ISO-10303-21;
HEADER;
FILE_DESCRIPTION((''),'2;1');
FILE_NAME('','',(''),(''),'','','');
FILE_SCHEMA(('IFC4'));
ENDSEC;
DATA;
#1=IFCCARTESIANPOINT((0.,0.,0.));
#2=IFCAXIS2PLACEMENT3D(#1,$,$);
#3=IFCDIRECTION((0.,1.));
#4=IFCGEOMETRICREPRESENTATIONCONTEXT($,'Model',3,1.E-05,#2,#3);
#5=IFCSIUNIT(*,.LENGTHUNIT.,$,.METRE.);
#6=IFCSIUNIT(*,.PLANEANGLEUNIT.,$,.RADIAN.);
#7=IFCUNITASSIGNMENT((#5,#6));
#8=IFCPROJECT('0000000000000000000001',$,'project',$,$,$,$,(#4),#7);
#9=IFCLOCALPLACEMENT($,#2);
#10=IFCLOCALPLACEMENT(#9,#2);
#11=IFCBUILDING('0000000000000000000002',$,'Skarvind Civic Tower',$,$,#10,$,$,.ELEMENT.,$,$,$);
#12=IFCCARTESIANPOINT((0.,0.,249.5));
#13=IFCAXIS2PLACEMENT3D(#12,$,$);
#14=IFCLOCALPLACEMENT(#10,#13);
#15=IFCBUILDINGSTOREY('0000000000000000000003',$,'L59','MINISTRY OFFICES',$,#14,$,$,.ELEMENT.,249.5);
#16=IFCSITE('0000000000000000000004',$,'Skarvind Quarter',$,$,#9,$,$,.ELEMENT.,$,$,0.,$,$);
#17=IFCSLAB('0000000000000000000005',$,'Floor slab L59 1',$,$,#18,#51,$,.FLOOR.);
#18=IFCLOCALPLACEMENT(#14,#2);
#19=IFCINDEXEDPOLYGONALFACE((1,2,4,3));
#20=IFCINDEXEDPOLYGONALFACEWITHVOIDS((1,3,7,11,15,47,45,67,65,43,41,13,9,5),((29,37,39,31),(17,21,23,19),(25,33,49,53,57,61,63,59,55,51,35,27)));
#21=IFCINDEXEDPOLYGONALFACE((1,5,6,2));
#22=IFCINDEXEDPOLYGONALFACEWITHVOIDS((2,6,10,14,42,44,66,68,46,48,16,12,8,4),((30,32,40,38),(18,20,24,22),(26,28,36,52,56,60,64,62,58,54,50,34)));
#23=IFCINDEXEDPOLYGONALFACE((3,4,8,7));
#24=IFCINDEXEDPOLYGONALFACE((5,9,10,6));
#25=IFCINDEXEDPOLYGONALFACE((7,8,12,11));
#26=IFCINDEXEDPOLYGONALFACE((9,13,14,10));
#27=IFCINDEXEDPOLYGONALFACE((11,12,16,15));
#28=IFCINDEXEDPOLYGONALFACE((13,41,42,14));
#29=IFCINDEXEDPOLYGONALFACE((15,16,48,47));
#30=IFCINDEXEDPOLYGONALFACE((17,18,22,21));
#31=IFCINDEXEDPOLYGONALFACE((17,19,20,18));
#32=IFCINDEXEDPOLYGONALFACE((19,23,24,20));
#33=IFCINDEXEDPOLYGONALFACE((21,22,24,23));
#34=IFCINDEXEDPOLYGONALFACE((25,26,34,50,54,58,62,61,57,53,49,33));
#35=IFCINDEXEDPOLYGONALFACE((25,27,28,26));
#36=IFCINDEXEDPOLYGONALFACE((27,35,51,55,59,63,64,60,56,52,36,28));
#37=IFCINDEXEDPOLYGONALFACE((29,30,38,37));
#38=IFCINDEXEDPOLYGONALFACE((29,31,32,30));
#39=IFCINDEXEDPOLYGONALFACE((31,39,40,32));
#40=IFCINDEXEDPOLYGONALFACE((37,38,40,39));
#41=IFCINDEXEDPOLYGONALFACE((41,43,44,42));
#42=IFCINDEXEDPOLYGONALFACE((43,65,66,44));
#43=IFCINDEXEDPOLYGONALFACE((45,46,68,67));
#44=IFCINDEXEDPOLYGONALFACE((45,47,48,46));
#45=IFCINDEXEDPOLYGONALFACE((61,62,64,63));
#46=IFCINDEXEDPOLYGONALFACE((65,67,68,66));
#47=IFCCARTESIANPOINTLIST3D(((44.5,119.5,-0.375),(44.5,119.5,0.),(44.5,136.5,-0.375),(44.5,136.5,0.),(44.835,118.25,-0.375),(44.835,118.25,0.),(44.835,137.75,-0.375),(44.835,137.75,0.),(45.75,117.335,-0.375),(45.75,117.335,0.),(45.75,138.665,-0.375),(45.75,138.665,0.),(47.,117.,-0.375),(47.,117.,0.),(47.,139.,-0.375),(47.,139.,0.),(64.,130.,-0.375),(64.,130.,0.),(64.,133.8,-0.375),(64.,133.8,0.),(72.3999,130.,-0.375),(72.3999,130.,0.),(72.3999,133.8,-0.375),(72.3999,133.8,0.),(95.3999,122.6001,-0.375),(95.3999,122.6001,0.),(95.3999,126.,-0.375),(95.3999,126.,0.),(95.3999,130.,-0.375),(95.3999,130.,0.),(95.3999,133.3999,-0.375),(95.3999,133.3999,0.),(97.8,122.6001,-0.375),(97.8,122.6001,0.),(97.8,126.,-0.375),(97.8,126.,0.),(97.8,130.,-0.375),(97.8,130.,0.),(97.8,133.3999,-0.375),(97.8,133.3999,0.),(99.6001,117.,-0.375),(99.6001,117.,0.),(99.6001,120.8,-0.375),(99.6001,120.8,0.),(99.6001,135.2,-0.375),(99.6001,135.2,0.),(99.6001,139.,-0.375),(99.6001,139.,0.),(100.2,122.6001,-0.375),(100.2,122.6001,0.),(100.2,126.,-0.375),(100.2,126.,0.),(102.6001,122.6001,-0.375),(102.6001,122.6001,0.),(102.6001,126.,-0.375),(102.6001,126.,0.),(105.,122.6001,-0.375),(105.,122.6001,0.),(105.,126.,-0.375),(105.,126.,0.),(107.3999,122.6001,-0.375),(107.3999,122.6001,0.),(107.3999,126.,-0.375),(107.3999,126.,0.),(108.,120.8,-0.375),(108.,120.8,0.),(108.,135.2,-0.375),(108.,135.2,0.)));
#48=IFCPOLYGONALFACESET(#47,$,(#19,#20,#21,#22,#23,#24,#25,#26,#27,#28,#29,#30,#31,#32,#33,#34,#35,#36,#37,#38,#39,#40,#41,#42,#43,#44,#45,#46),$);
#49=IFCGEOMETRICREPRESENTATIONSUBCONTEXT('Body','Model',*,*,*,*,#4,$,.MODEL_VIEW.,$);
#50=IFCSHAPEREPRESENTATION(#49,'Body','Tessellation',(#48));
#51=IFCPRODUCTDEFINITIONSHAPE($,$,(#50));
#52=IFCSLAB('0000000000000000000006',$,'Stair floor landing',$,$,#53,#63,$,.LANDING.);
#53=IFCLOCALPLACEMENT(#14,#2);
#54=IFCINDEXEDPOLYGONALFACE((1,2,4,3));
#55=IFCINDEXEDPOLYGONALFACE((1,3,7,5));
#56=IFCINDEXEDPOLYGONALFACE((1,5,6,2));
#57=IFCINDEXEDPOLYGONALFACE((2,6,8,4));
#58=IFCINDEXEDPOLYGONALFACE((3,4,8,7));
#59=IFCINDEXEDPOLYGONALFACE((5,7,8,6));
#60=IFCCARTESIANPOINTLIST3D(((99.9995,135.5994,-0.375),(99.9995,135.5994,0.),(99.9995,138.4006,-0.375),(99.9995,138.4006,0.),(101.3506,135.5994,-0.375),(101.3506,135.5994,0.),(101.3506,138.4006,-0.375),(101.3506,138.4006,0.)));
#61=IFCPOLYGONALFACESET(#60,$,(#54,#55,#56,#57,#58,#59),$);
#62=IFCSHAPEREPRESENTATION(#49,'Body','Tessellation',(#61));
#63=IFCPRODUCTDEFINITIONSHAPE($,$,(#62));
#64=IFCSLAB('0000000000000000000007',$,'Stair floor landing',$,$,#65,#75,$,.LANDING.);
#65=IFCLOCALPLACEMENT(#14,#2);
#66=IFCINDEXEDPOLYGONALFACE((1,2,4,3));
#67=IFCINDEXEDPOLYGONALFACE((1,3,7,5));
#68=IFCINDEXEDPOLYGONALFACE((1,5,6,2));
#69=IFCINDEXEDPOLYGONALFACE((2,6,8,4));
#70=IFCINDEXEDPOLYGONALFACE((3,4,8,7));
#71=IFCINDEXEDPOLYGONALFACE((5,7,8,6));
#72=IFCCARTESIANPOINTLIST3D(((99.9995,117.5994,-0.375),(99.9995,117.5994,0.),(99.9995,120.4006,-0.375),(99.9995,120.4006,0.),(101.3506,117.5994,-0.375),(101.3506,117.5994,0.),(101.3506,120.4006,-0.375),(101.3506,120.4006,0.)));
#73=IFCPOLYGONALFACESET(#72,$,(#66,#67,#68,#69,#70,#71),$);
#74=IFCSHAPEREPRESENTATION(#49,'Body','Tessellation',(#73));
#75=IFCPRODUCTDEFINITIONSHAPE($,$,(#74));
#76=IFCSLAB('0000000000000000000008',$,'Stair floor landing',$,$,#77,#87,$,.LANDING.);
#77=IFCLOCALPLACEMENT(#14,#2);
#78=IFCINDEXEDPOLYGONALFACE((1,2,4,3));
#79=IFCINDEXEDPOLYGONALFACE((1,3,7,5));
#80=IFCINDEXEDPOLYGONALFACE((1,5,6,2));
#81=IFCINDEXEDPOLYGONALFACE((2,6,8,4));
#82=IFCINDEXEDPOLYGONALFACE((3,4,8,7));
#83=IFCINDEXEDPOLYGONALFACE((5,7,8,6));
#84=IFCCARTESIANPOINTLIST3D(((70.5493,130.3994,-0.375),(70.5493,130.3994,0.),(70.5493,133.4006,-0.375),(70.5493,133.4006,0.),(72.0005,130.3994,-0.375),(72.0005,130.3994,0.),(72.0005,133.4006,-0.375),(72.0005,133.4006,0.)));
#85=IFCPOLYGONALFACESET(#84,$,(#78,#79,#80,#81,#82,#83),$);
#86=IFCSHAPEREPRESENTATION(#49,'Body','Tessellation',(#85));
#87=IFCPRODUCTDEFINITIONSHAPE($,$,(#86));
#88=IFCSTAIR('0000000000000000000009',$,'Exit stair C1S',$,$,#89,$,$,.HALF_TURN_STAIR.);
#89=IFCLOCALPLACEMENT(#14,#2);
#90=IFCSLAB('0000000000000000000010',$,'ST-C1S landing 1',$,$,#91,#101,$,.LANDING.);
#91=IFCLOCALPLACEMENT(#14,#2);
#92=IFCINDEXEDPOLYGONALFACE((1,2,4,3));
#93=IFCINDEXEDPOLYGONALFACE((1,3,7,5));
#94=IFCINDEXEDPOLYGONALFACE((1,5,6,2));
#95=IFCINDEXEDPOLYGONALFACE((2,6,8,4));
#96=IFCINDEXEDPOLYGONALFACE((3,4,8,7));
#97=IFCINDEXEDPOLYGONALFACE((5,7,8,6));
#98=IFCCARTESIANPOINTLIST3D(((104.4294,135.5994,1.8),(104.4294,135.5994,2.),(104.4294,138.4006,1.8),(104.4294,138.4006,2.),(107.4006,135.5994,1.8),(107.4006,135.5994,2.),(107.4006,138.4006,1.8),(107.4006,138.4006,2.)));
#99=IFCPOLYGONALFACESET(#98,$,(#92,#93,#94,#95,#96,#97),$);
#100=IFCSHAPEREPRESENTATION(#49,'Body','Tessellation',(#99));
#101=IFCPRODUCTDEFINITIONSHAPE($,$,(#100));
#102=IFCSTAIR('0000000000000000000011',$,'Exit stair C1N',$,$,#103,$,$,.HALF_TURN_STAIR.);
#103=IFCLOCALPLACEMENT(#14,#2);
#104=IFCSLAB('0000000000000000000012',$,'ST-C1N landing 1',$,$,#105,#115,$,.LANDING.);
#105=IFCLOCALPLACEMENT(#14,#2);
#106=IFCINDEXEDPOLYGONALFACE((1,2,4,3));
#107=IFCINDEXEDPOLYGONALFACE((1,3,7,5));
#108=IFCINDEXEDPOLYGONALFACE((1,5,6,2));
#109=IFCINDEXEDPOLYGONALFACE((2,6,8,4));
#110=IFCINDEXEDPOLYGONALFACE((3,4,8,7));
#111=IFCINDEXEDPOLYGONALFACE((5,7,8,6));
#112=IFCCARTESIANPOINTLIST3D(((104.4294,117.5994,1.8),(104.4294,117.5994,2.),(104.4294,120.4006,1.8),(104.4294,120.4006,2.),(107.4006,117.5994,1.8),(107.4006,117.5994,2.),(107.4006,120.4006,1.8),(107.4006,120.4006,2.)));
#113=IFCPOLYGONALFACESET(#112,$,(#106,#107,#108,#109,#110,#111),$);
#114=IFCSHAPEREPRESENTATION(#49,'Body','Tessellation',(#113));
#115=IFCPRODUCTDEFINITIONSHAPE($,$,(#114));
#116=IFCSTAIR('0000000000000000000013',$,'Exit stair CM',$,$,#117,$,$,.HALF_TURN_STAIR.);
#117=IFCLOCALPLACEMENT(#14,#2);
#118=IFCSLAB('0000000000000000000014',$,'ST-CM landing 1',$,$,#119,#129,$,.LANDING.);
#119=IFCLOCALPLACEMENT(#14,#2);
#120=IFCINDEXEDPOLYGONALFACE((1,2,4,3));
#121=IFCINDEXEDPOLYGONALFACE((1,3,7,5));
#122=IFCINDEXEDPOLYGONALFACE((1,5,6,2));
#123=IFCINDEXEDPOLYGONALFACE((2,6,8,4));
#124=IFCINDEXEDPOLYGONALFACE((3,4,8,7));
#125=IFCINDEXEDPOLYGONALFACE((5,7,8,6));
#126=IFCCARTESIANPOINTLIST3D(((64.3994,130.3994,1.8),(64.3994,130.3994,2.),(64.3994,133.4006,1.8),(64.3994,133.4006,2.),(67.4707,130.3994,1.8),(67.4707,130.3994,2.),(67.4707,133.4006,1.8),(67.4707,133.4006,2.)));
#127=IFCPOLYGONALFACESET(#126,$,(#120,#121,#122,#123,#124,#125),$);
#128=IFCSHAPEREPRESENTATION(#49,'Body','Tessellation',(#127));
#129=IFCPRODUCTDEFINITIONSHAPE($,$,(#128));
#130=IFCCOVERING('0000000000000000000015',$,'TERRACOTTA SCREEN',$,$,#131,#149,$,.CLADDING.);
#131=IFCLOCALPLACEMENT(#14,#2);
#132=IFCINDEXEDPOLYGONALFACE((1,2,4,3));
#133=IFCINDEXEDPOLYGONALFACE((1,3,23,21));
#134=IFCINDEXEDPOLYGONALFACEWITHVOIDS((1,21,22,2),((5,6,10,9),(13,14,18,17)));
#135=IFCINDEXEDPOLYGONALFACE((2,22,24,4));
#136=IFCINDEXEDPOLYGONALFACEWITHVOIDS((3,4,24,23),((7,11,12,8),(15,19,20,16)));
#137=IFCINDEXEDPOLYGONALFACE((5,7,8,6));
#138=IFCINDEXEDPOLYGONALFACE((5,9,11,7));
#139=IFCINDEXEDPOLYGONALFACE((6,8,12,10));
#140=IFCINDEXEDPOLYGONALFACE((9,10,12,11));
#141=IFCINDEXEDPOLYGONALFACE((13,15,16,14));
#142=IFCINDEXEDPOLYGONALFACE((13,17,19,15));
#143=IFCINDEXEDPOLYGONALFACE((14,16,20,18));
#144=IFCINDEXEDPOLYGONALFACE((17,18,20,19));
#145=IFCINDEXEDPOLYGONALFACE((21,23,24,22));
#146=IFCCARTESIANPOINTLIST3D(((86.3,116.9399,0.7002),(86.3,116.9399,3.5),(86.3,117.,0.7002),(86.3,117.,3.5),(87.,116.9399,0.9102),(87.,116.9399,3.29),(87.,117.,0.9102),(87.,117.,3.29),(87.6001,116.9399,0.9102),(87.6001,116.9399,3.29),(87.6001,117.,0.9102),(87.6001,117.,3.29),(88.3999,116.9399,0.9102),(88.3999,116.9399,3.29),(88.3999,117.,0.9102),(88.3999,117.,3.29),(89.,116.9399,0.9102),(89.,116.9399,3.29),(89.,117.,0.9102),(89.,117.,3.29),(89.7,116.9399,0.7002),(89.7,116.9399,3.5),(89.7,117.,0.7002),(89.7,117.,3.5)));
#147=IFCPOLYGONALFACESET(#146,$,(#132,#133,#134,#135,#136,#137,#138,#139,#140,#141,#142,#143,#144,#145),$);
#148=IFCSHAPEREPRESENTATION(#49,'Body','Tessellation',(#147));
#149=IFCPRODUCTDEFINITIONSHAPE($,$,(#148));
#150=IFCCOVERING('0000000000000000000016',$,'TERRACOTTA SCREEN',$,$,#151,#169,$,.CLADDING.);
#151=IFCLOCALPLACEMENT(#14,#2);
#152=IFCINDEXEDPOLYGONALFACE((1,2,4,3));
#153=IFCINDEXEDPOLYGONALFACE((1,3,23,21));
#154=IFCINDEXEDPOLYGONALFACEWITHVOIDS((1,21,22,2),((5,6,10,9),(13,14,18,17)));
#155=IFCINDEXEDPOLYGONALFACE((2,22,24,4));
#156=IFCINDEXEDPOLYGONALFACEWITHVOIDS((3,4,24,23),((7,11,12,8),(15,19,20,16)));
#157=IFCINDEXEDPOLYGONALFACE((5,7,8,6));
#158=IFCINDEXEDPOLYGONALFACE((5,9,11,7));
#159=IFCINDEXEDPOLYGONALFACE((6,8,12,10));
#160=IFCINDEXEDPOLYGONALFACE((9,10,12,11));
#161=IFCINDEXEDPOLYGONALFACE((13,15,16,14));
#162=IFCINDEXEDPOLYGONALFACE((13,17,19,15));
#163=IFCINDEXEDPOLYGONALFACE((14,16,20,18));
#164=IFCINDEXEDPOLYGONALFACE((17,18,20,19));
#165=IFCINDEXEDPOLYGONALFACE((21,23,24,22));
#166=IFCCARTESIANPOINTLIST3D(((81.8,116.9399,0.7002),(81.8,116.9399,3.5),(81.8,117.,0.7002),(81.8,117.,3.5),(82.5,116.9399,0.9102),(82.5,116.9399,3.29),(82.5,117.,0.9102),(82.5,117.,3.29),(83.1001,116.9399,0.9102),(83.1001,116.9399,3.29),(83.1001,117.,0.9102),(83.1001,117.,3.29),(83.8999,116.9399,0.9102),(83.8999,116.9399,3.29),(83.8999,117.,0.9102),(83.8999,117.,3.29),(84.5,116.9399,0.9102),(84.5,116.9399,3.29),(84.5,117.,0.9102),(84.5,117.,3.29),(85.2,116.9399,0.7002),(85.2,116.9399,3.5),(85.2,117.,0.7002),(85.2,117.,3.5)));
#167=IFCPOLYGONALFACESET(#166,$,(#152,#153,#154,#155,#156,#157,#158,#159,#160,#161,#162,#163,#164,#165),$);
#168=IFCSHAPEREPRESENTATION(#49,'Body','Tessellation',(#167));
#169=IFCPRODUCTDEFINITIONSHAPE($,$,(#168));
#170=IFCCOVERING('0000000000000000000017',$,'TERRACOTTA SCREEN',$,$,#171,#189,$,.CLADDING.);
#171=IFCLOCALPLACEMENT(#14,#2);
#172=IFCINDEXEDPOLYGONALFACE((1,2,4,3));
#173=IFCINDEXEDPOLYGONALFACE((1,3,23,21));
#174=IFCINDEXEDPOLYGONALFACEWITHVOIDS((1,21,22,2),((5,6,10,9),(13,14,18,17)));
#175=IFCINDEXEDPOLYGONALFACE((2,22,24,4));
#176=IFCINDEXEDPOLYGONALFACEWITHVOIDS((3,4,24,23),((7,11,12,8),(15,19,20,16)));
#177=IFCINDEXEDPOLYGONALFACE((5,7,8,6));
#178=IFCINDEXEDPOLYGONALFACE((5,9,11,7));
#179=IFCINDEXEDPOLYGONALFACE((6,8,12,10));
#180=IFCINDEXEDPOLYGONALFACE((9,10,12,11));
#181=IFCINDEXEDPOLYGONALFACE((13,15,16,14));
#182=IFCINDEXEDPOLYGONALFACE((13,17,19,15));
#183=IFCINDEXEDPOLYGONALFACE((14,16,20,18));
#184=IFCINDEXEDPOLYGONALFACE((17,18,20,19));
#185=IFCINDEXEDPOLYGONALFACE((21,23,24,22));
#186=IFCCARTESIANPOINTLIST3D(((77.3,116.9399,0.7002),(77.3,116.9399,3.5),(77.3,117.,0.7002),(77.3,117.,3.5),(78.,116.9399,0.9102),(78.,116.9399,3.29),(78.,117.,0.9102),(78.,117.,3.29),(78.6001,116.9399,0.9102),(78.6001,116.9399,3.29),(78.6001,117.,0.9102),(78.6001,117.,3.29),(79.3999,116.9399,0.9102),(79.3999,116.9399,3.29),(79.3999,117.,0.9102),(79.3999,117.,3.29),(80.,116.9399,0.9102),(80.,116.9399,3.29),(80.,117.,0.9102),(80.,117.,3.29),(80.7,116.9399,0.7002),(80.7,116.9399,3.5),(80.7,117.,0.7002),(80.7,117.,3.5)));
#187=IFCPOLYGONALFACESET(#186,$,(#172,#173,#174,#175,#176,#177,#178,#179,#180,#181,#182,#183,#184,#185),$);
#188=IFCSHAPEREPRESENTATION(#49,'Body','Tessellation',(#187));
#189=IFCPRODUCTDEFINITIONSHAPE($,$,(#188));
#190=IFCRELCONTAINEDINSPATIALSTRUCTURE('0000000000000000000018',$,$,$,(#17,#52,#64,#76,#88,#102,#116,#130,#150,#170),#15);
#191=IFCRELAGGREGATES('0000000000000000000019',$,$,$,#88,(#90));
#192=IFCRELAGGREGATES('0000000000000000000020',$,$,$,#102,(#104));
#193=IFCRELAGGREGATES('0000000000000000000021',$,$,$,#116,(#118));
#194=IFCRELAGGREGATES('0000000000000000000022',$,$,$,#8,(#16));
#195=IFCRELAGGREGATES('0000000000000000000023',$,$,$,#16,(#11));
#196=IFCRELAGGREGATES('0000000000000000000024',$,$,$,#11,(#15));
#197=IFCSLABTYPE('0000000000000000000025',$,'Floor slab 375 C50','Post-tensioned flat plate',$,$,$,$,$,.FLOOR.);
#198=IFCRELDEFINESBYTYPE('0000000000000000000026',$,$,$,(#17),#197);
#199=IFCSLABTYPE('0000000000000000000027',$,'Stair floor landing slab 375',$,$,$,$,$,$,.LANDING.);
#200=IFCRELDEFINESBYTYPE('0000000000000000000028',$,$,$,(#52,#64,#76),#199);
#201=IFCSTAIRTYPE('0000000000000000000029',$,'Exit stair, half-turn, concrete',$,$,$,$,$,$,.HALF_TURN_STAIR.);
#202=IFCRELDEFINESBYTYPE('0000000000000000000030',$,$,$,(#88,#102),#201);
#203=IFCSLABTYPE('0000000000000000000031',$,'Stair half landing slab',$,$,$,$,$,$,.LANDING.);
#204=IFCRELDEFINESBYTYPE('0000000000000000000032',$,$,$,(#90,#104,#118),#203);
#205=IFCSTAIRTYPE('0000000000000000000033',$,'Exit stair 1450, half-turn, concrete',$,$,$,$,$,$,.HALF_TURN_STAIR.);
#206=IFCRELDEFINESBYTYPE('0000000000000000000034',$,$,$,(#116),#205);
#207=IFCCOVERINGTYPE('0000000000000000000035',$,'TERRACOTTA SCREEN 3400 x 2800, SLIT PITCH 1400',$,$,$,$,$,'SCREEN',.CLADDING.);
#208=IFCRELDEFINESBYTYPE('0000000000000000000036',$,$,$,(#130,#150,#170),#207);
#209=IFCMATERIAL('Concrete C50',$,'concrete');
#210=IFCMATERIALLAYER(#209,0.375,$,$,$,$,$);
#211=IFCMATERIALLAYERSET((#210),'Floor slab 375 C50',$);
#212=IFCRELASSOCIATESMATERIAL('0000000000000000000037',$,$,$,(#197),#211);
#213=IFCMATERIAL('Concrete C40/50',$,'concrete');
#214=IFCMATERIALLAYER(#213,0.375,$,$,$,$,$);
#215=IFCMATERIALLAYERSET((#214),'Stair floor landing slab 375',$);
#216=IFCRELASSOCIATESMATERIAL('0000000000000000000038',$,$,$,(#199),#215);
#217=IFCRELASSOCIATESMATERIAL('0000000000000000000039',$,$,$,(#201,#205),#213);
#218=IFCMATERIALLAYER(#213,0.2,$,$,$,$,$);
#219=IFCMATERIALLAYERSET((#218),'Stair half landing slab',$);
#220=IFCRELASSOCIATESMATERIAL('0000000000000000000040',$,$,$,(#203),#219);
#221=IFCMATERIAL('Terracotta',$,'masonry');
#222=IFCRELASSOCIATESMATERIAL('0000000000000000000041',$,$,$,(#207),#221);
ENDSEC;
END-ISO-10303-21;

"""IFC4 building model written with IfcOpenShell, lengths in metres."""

from ifc_helpers import new_model, si_unit, direction, frame, origin, place, context, subcontext, project, spatial, polyline, outline, extrude, material, layer, layer_set, material_profile, profile_set, type_object, element, aggregate, save


model = new_model("IFC4")

# Units and contexts
model_context = context("Model", 3, precision=1e-05, world=origin(), true_north=direction((0.0, 1.0)))
body_context = subcontext(model_context, "Body", "Model", "MODEL_VIEW")
ifc_project = project(units=[si_unit("LENGTHUNIT", "METRE"), si_unit("PLANEANGLEUNIT", "RADIAN")], contexts=[model_context])

# Site, building, storey
site_placement = place(None, origin())
site = spatial("IfcSite", under=ifc_project, at=site_placement, Name="Skarvind Quarter", CompositionType="ELEMENT", RefElevation=0.0)
building_placement = place(site_placement, origin())
building = spatial("IfcBuilding", under=site, at=building_placement, Name="Skarvind Civic Tower", CompositionType="ELEMENT")
storey_placement = place(building_placement, frame((0.0, 0.0, 249.5)))
storey = spatial("IfcBuildingStorey", under=building, at=storey_placement, Name="L59", Description="MINISTRY OFFICES", CompositionType="ELEMENT", Elevation=249.5)

# Slabs
ifc_material_1 = material(Name="Concrete C50", Category="concrete")
ifc_layer_1 = layer(ifc_material_1, 0.375)
ifc_layer_set_1 = layer_set([ifc_layer_1], Name="Floor slab 375 C50")
slab_type_1 = type_object("IfcSlabType", Name="Floor slab 375 C50", Description="Post-tensioned flat plate", PredefinedType="FLOOR", material=ifc_layer_set_1)
slab_1_placement = place(storey_placement, frame((0.0, 0.0, -0.375)))
element("IfcSlab", 1, at=slab_1_placement, inside=storey, type_object=slab_type_1, Name="Floor slab L59 1", PredefinedType="FLOOR", context=body_context, shape_type="SweptSolid", body=[
    extrude(outline(polyline([(99.6001, 117.0), (99.6001, 120.8), (108.0, 120.8), (108.0, 135.2), (99.6001, 135.2), (99.6001, 139.0), (47.0, 139.0), (45.75, 138.665), (44.835, 137.75), (44.5, 136.5), (44.5, 119.5), (44.835, 118.25), (45.75, 117.335), (47.0, 117.0), (99.6001, 117.0)]), holes=[polyline([(95.3999, 126.0), (97.8, 126.0), (100.2, 126.0), (102.6001, 126.0), (105.0, 126.0), (107.3999, 126.0), (107.3999, 122.6001), (105.0, 122.6001), (102.6001, 122.6001), (100.2, 122.6001), (97.8, 122.6001), (95.3999, 122.6001), (95.3999, 126.0)]), polyline([(95.3999, 133.3999), (97.8, 133.3999), (97.8, 130.0), (95.3999, 130.0), (95.3999, 133.3999)]), polyline([(64.0, 130.0), (64.0, 133.8), (72.3999, 133.8), (72.3999, 130.0), (64.0, 130.0)])]), origin(), (0.0, 0.0, 1.0), 0.375),
])
ifc_material_2 = material(Name="Concrete C40/50", Category="concrete")
ifc_layer_2 = layer(ifc_material_2, 0.375)
ifc_layer_set_2 = layer_set([ifc_layer_2], Name="Stair floor landing slab 375")
slab_type_2 = type_object("IfcSlabType", Name="Stair floor landing slab 375", PredefinedType="LANDING", material=ifc_layer_set_2)
slab_2_placement = place(storey_placement, frame((0.0, 0.0, -0.375)))
element("IfcSlab", 2, at=slab_2_placement, inside=storey, type_object=slab_type_2, Name="Stair floor landing", PredefinedType="LANDING", context=body_context, shape_type="SweptSolid", body=[
    extrude(outline(polyline([(101.3506, 138.4006), (101.3506, 135.5994), (99.9995, 135.5994), (99.9995, 138.4006), (101.3506, 138.4006)])), origin(), (0.0, 0.0, 1.0), 0.375),
])
slab_3_placement = place(storey_placement, frame((0.0, 0.0, -0.375)))
element("IfcSlab", 3, at=slab_3_placement, inside=storey, type_object=slab_type_2, Name="Stair floor landing", PredefinedType="LANDING", context=body_context, shape_type="SweptSolid", body=[
    extrude(outline(polyline([(101.3506, 120.4006), (101.3506, 117.5994), (99.9995, 117.5994), (99.9995, 120.4006), (101.3506, 120.4006)])), origin(), (0.0, 0.0, 1.0), 0.375),
])
slab_4_placement = place(storey_placement, frame((0.0, 0.0, -0.375)))
element("IfcSlab", 4, at=slab_4_placement, inside=storey, type_object=slab_type_2, Name="Stair floor landing", PredefinedType="LANDING", context=body_context, shape_type="SweptSolid", body=[
    extrude(outline(polyline([(70.5493, 130.3994), (70.5493, 133.4006), (72.0005, 133.4006), (72.0005, 130.3994), (70.5493, 130.3994)])), origin(), (0.0, 0.0, 1.0), 0.375),
])

# Stairs, slabs
stair_type_1 = type_object("IfcStairType", Name="Exit stair, half-turn, concrete", PredefinedType="HALF_TURN_STAIR", material=ifc_material_2)
stair_1_placement = place(storey_placement, origin())
stair_1 = element("IfcStair", 5, at=stair_1_placement, inside=storey, type_object=stair_type_1, Name="Exit stair C1S", PredefinedType="HALF_TURN_STAIR")
ifc_layer_3 = layer(ifc_material_2, 0.2)
ifc_layer_set_3 = layer_set([ifc_layer_3], Name="Stair half landing slab")
slab_type_3 = type_object("IfcSlabType", Name="Stair half landing slab", PredefinedType="LANDING", material=ifc_layer_set_3)
slab_5_placement = place(storey_placement, frame((0.0, 0.0, 1.8)))
slab_5 = element("IfcSlab", 6, at=slab_5_placement, type_object=slab_type_3, Name="ST-C1S landing 1", PredefinedType="LANDING", context=body_context, shape_type="SweptSolid", body=[
    extrude(outline(polyline([(104.4294, 135.5994), (104.4294, 138.4006), (107.4006, 138.4006), (107.4006, 135.5994), (104.4294, 135.5994)])), origin(), (0.0, 0.0, 1.0), 0.2),
])
aggregate(stair_1, [slab_5])
stair_2_placement = place(storey_placement, origin())
stair_2 = element("IfcStair", 7, at=stair_2_placement, inside=storey, type_object=stair_type_1, Name="Exit stair C1N", PredefinedType="HALF_TURN_STAIR")
slab_6_placement = place(storey_placement, frame((0.0, 0.0, 1.8)))
slab_6 = element("IfcSlab", 8, at=slab_6_placement, type_object=slab_type_3, Name="ST-C1N landing 1", PredefinedType="LANDING", context=body_context, shape_type="SweptSolid", body=[
    extrude(outline(polyline([(104.4294, 117.5994), (104.4294, 120.4006), (107.4006, 120.4006), (107.4006, 117.5994), (104.4294, 117.5994)])), origin(), (0.0, 0.0, 1.0), 0.2),
])
aggregate(stair_2, [slab_6])
stair_type_2 = type_object("IfcStairType", Name="Exit stair 1450, half-turn, concrete", PredefinedType="HALF_TURN_STAIR", material=ifc_material_2)
stair_3_placement = place(storey_placement, origin())
stair_3 = element("IfcStair", 9, at=stair_3_placement, inside=storey, type_object=stair_type_2, Name="Exit stair CM", PredefinedType="HALF_TURN_STAIR")
slab_7_placement = place(storey_placement, frame((0.0, 0.0, 1.8)))
slab_7 = element("IfcSlab", 10, at=slab_7_placement, type_object=slab_type_3, Name="ST-CM landing 1", PredefinedType="LANDING", context=body_context, shape_type="SweptSolid", body=[
    extrude(outline(polyline([(67.4707, 133.4006), (67.4707, 130.3994), (64.3994, 130.3994), (64.3994, 133.4006), (67.4707, 133.4006)])), origin(), (0.0, 0.0, 1.0), 0.2),
])
aggregate(stair_3, [slab_7])

# Coverings
ifc_material_3 = material(Name="Terracotta", Category="masonry")
ifc_material_profile = material_profile(ifc_material_3, outline(polyline([(-1.7, -1.3999), (1.7, -1.3999), (1.7, 1.3999), (-1.7, 1.3999), (-1.7, -1.3999)]), holes=[polyline([(-1.0, -1.1899), (-0.3999, -1.1899), (-0.3999, 1.1899), (-1.0, 1.1899), (-1.0, -1.1899)]), polyline([(0.3999, -1.1899), (1.0, -1.1899), (1.0, 1.1899), (0.3999, 1.1899), (0.3999, -1.1899)])]), Name="TERRACOTTA SCREEN 3400 x 2800, SLIT PITCH 1400")
ifc_profile_set = profile_set([ifc_material_profile], Name="Terracotta")
covering_type = type_object("IfcCoveringType", Name="TERRACOTTA SCREEN 3400 x 2800, SLIT PITCH 1400", ElementType="SCREEN", PredefinedType="CLADDING", material=ifc_profile_set)
for number, where, z_axis, x_axis, name in (
    (11, (88.0, 117.0, 2.1001), (0.0, -1.0, 0.0), (1.0, 0.0, 0.0), "TERRACOTTA SCREEN"),
    (12, (83.5, 117.0, 2.1001), (0.0, -1.0, 0.0), (1.0, 0.0, 0.0), "TERRACOTTA SCREEN"),
    (13, (79.0, 117.0, 2.1001), (0.0, -1.0, 0.0), (1.0, 0.0, 0.0), "TERRACOTTA SCREEN"),
):
    element("IfcCovering", number, at=place(storey_placement, frame(where, z_axis=z_axis, x_axis=x_axis)), inside=storey, type_object=covering_type, Name=name, PredefinedType="CLADDING", context=body_context, shape_type="SweptSolid", body=[
        extrude(outline(polyline([(-1.7, -1.3999), (1.7, -1.3999), (1.7, 1.3999), (-1.7, 1.3999), (-1.7, -1.3999)]), holes=[polyline([(-1.0, -1.1899), (-0.3999, -1.1899), (-0.3999, 1.1899), (-1.0, 1.1899), (-1.0, -1.1899)]), polyline([(0.3999, -1.1899), (1.0, -1.1899), (1.0, 1.1899), (0.3999, 1.1899), (0.3999, -1.1899)])]), origin(), (0.0, 0.0, 1.0), 0.0601),
    ])

save(model, "model.ifc")
